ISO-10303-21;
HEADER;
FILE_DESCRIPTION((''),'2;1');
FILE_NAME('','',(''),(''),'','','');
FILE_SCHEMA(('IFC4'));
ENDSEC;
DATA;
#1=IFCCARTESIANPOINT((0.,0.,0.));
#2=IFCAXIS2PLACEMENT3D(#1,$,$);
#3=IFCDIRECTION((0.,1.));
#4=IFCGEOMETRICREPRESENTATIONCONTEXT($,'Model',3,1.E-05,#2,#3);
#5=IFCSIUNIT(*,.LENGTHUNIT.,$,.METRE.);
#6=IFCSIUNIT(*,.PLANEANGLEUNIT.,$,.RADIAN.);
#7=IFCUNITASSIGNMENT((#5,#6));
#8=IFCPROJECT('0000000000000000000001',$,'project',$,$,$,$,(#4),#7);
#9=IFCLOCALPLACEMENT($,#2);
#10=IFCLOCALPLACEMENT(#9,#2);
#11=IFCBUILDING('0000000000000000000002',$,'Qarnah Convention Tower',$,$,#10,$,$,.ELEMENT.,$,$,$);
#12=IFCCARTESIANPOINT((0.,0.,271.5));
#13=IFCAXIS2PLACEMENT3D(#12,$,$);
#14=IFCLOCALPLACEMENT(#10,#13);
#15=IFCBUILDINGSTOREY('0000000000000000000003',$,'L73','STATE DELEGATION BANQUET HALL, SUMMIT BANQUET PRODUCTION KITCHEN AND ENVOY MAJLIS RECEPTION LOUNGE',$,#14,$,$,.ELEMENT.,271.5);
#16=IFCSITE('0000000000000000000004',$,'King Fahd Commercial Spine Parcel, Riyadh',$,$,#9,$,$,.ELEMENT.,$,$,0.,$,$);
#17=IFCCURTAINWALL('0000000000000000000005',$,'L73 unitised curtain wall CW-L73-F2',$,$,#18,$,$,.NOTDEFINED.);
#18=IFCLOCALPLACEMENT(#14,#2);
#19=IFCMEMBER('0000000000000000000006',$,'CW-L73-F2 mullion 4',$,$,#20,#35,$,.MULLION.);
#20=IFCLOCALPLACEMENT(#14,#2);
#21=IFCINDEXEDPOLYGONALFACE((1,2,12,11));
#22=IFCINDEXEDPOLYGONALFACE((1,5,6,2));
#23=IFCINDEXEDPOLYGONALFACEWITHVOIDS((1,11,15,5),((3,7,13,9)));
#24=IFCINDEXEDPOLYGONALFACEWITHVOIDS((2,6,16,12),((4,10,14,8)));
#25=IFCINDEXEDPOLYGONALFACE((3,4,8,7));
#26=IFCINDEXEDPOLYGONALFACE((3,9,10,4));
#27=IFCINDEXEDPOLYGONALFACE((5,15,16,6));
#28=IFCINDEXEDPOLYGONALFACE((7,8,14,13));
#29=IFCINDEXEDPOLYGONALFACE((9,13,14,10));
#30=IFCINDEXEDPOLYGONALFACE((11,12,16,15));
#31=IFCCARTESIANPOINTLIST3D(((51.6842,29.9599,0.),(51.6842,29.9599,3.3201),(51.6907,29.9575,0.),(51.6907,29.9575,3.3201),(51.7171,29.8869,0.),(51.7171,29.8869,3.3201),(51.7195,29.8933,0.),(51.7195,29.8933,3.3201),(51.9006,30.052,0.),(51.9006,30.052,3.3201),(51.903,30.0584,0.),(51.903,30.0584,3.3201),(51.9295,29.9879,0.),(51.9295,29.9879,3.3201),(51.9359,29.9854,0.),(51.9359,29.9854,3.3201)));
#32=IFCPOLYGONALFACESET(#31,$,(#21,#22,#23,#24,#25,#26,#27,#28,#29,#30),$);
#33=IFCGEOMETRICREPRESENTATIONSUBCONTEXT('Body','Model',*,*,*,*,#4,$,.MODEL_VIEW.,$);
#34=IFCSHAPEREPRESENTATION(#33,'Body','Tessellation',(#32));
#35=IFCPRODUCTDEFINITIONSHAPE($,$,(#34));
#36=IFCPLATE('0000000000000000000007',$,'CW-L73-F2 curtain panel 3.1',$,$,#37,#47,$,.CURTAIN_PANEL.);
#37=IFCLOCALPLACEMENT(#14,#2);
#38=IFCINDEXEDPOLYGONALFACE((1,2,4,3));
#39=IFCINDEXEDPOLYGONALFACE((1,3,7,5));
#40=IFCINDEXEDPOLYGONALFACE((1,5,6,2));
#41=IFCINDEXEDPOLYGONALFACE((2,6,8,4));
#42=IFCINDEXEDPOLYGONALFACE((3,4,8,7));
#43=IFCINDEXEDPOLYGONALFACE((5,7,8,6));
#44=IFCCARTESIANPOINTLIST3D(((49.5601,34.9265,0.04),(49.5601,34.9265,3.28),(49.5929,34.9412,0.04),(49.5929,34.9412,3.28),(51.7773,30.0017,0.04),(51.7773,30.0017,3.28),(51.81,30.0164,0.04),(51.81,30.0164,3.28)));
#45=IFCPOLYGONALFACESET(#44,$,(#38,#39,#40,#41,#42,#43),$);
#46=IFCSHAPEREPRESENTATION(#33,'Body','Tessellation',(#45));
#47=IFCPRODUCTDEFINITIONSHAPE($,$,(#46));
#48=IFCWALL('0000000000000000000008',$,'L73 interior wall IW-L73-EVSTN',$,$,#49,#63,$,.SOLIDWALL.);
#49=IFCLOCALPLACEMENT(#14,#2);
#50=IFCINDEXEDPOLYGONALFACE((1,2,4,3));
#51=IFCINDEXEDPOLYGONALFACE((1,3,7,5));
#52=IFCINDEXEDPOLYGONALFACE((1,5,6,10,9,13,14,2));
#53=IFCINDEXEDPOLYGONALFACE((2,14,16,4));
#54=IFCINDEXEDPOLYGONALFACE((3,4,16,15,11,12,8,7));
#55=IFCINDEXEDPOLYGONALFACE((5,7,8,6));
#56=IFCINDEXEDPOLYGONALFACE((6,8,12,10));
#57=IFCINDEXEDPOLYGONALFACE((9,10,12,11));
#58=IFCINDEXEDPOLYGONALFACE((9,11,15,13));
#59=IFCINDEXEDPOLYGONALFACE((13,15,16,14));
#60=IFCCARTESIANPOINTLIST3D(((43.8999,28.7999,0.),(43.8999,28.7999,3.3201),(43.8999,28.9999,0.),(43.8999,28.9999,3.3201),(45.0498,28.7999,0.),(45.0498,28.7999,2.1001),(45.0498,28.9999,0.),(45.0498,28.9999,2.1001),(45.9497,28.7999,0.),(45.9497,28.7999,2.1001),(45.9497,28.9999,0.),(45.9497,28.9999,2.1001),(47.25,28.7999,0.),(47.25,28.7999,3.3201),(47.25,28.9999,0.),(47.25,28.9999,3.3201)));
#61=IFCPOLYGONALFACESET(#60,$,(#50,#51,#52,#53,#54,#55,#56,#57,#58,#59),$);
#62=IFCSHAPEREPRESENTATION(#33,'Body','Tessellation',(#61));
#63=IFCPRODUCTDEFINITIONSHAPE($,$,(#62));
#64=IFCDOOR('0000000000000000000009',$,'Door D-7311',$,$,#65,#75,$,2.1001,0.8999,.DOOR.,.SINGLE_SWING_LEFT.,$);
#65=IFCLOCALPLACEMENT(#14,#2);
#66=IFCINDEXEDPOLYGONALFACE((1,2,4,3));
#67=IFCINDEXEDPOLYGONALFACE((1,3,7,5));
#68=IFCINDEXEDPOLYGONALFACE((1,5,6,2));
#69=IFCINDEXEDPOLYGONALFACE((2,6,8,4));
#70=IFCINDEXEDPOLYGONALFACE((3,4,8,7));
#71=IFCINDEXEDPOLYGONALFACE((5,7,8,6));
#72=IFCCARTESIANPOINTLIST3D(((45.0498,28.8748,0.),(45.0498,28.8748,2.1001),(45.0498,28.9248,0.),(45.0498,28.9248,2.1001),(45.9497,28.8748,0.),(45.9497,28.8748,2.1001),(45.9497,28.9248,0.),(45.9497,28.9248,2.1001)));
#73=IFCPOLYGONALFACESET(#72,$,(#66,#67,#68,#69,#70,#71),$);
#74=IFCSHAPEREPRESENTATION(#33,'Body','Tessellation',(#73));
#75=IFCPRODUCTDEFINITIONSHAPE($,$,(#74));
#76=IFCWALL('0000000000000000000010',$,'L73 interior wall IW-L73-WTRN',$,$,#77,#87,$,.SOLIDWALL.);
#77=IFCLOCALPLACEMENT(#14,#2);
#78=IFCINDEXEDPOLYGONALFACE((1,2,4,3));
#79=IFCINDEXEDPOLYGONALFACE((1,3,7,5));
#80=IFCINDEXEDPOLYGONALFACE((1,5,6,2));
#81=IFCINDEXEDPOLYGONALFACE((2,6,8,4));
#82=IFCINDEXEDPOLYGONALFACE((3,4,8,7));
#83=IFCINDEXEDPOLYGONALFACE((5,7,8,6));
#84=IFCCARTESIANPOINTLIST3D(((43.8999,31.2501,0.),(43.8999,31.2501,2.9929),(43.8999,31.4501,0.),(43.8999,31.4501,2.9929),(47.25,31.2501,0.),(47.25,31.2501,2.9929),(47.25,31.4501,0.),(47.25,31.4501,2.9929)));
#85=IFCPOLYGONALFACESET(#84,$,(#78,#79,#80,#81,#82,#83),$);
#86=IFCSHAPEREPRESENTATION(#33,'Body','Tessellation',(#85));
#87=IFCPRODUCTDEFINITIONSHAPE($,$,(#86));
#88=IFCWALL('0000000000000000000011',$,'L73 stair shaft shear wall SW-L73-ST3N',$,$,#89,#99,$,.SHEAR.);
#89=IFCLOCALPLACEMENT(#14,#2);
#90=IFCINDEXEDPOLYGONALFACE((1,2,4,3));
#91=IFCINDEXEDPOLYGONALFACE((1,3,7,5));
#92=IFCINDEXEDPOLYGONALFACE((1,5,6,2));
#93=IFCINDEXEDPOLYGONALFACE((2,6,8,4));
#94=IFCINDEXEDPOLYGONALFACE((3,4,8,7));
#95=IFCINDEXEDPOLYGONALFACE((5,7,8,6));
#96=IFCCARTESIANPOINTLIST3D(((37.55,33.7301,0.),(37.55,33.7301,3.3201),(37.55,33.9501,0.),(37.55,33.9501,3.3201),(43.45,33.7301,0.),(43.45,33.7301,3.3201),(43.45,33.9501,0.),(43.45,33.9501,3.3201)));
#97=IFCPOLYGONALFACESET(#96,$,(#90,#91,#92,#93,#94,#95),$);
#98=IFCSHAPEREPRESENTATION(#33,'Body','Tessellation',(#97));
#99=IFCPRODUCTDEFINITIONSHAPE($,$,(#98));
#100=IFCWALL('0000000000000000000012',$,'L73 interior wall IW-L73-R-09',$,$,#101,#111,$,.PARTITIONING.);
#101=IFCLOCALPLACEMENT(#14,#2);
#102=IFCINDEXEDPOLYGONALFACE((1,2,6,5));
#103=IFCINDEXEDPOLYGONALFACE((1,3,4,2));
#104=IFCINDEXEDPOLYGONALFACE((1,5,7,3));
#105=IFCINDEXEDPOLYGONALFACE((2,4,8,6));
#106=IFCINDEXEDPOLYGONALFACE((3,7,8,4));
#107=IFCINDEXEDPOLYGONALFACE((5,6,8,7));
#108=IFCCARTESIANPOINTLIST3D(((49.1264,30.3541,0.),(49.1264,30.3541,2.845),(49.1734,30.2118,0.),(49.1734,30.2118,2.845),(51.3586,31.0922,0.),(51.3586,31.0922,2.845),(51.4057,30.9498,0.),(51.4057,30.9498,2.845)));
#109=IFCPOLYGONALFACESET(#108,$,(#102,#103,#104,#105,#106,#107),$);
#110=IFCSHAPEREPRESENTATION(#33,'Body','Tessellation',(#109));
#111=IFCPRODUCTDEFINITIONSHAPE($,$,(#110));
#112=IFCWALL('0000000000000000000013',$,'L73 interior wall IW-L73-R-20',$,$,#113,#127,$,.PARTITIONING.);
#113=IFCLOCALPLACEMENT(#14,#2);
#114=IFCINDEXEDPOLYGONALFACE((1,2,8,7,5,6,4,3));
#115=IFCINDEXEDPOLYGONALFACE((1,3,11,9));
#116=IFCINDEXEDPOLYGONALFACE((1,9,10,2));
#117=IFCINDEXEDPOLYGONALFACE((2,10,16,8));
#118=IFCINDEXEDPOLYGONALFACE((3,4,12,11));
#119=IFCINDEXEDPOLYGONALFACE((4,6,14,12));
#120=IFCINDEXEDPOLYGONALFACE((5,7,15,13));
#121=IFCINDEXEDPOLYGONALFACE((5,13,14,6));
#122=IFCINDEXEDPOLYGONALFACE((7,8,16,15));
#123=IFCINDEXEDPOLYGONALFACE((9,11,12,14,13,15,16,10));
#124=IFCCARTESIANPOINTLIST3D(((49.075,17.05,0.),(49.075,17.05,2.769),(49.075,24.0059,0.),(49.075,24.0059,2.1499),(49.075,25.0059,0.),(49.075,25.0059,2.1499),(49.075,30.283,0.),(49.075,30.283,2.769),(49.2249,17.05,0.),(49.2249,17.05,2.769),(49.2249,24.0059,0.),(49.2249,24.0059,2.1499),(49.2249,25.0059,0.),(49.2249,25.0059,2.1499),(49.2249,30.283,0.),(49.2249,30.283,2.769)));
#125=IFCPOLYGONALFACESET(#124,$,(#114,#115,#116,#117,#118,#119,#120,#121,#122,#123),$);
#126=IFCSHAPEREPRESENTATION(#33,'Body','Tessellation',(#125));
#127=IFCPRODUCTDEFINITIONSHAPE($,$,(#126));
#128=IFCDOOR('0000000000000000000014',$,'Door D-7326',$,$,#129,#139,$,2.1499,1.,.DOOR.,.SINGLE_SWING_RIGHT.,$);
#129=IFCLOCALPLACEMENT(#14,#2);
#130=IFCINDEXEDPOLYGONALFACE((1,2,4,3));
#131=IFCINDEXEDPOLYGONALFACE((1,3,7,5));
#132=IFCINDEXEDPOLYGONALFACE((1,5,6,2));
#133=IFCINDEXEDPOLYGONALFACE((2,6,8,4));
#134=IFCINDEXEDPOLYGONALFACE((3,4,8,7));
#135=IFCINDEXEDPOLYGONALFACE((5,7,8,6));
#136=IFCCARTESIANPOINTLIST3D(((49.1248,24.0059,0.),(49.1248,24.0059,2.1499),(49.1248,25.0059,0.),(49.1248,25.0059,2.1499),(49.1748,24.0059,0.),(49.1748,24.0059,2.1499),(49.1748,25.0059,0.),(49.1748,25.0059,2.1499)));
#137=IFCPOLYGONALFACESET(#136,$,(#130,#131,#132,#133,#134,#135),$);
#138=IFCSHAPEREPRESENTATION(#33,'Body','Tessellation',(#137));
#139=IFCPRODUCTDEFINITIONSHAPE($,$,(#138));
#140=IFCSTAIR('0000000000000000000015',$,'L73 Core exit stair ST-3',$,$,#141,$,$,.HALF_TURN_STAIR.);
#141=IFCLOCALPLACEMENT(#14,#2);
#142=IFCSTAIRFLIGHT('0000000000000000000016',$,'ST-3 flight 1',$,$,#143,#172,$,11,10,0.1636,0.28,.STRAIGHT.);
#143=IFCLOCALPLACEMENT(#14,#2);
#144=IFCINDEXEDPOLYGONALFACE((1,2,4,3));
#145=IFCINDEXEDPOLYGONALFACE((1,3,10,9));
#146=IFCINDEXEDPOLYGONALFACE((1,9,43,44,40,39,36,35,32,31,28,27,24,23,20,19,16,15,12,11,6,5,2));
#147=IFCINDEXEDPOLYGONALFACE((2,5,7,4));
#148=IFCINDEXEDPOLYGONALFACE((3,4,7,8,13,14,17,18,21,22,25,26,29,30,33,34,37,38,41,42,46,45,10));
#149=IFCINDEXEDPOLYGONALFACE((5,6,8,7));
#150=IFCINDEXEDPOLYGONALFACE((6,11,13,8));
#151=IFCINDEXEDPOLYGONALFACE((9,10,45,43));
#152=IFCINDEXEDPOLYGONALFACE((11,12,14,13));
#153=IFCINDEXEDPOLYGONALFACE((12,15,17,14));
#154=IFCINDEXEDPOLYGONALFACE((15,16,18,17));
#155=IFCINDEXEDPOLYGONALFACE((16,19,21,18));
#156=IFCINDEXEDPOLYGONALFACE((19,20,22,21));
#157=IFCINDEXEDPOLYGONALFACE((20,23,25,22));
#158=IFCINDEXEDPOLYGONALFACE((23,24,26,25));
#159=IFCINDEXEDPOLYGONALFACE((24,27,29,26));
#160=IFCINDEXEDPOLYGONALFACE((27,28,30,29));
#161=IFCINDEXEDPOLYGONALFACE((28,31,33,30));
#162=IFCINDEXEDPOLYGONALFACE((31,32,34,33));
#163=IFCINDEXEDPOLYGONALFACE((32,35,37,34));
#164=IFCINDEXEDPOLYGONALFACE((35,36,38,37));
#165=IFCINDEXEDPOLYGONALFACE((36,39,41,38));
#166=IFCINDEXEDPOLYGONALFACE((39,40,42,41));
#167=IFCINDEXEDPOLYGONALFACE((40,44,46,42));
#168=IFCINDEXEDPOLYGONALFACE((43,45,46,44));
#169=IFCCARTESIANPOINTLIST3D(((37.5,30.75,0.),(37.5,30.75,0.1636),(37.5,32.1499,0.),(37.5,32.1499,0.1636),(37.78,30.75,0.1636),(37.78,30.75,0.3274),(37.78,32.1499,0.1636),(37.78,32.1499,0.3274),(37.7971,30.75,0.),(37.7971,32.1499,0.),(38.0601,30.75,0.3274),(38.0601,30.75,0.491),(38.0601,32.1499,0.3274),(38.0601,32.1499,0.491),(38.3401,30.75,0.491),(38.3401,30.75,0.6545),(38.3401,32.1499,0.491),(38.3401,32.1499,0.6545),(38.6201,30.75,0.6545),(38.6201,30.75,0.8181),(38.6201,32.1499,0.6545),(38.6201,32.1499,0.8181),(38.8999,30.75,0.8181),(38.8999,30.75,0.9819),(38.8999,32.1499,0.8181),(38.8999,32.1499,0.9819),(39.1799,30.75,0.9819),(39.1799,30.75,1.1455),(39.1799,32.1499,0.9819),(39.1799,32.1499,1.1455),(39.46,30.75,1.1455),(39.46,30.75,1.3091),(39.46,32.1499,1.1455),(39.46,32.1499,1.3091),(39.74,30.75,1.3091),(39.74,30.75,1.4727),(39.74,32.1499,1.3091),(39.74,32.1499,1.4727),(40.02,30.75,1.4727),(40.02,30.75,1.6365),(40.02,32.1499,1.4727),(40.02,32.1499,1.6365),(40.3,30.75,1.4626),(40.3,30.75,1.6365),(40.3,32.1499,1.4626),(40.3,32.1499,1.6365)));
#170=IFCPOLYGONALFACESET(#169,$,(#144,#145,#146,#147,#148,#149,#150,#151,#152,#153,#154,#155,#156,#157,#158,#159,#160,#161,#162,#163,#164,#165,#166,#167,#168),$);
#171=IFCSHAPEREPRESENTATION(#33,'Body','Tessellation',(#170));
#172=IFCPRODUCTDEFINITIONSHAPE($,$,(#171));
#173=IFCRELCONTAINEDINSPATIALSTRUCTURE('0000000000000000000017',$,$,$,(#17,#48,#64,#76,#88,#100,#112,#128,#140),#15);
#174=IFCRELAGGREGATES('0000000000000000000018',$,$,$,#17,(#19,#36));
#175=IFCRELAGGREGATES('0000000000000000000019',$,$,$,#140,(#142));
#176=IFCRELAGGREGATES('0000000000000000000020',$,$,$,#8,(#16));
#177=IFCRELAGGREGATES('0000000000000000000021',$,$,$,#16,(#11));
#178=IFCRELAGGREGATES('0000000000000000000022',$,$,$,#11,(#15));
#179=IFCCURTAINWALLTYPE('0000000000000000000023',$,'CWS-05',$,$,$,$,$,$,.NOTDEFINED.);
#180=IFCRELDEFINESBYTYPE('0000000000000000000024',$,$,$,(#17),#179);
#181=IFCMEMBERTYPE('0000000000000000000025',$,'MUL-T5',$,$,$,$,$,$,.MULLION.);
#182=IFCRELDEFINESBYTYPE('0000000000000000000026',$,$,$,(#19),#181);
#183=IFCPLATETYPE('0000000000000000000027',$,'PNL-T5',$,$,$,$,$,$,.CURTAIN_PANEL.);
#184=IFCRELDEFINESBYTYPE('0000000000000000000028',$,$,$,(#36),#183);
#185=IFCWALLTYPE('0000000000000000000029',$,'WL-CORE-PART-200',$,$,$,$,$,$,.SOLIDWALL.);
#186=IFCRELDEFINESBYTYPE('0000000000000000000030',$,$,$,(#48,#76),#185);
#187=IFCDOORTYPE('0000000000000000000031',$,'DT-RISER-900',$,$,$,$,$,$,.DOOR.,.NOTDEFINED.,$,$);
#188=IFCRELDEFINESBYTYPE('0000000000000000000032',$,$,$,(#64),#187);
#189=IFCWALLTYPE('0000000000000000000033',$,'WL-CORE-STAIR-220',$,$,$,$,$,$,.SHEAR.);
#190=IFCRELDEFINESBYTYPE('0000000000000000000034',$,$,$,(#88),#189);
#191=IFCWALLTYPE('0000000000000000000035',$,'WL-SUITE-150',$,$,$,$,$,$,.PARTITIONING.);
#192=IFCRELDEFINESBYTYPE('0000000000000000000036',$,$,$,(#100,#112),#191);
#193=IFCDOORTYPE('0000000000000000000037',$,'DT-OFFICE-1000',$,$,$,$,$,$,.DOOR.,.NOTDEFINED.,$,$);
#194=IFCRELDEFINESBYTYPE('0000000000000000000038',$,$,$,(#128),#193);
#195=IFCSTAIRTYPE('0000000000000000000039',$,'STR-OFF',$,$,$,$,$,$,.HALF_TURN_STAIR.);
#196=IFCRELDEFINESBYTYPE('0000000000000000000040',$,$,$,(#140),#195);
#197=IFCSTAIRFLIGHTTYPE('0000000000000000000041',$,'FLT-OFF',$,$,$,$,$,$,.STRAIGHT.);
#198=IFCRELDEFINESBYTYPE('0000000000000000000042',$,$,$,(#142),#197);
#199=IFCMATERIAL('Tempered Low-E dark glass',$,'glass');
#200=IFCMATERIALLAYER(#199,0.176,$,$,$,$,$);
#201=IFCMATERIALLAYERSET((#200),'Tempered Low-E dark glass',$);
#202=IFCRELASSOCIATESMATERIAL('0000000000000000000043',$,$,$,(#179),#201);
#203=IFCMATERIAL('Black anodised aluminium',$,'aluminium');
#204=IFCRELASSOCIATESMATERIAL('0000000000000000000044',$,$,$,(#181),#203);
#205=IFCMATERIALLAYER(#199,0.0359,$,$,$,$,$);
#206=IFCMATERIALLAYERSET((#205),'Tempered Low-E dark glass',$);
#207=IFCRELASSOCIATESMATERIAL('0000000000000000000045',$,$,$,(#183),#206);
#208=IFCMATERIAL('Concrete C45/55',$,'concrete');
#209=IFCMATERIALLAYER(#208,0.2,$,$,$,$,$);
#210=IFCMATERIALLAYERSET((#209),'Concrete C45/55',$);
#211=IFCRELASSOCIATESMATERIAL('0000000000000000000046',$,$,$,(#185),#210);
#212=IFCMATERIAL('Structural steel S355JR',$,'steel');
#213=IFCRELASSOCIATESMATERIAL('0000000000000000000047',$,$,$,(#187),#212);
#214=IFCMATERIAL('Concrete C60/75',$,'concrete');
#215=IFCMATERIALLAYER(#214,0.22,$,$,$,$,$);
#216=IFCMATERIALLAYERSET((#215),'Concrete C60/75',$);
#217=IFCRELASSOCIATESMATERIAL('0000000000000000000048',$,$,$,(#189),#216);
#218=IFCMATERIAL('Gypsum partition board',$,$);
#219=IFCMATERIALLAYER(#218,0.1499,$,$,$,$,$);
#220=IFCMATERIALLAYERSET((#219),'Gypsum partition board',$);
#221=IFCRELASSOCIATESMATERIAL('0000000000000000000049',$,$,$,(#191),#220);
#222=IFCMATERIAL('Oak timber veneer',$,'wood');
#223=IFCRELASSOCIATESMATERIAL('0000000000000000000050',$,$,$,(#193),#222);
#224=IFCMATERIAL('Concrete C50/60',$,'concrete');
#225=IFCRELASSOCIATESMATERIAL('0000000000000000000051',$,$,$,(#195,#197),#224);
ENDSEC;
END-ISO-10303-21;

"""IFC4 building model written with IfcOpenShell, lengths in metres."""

from ifc_helpers import new_model, si_unit, direction, frame, frame_2d, origin, origin_2d, place, context, subcontext, project, spatial, polyline, rectangle, hollow_rectangle, outline, extrude, material, layer, layer_set, material_profile, profile_set, type_object, element, fill, aggregate, save


model = new_model("IFC4")

# Units and contexts
model_context = context("Model", 3, precision=1e-05, world=origin(), true_north=direction((0.0, 1.0)))
body_context = subcontext(model_context, "Body", "Model", "MODEL_VIEW")
ifc_project = project(units=[si_unit("LENGTHUNIT", "METRE"), si_unit("PLANEANGLEUNIT", "RADIAN")], contexts=[model_context])

# Site, building, storey
site_placement = place(None, origin())
site = spatial("IfcSite", under=ifc_project, at=site_placement, Name="King Fahd Commercial Spine Parcel, Riyadh", CompositionType="ELEMENT", RefElevation=0.0)
building_placement = place(site_placement, origin())
building = spatial("IfcBuilding", under=site, at=building_placement, Name="Qarnah Convention Tower", CompositionType="ELEMENT")
storey_placement = place(building_placement, frame((0.0, 0.0, 271.5)))
storey = spatial("IfcBuildingStorey", under=building, at=storey_placement, Name="L73", Description="STATE DELEGATION BANQUET HALL, SUMMIT BANQUET PRODUCTION KITCHEN AND ENVOY MAJLIS RECEPTION LOUNGE", CompositionType="ELEMENT", Elevation=271.5)

# Shared definitions
ifc_material_1 = material(Name="Concrete C50/60", Category="concrete")

# Shared definitions
ifc_material_2 = material(Name="Structural steel S355JR", Category="steel")

# Curtain wall, member, plate
ifc_material_3 = material(Name="Tempered Low-E dark glass", Category="glass")
ifc_layer_1 = layer(ifc_material_3, 0.176)
ifc_layer_set_1 = layer_set([ifc_layer_1], Name="Tempered Low-E dark glass")
curtain_wall_type = type_object("IfcCurtainWallType", Name="CWS-05", PredefinedType="NOTDEFINED", material=ifc_layer_set_1)
curtain_wall_placement = place(storey_placement, origin())
curtain_wall = element("IfcCurtainWall", 1, at=curtain_wall_placement, inside=storey, type_object=curtain_wall_type, Name="L73 unitised curtain wall CW-L73-F2", PredefinedType="NOTDEFINED")
ifc_material_4 = material(Name="Black anodised aluminium", Category="aluminium")
ifc_material_profile_1 = material_profile(ifc_material_4, hollow_rectangle(XDim=0.0801, YDim=0.24, WallThickness=0.0049, at=origin_2d()), Name="MUL-80X240")
ifc_profile_set_1 = profile_set([ifc_material_profile_1], Name="Black anodised aluminium")
member_type = type_object("IfcMemberType", Name="MUL-T5", PredefinedType="MULLION", material=ifc_profile_set_1)
member_placement = place(storey_placement, frame((51.8101, 29.9727, 0.0), z_axis=(0.0, 0.0, 1.0), x_axis=(0.410515, -0.911854, 0.0)))
member = element("IfcMember", 2, at=member_placement, type_object=member_type, Name="CW-L73-F2 mullion 4", PredefinedType="MULLION", context=body_context, shape_type="SweptSolid", body=[
    extrude(hollow_rectangle(XDim=0.0801, YDim=0.24, WallThickness=0.0049, at=origin_2d()), origin(), (0.0, 0.0, 1.0), 3.3201),
])
ifc_layer_2 = layer(ifc_material_3, 0.0359)
ifc_layer_set_2 = layer_set([ifc_layer_2], Name="Tempered Low-E dark glass")
plate_type = type_object("IfcPlateType", Name="PNL-T5", PredefinedType="CURTAIN_PANEL", material=ifc_layer_set_2)
plate_placement = place(storey_placement, frame((50.6851, 32.4714, 0.04), z_axis=(0.0, 0.0, 1.0), x_axis=(0.410515, -0.911854, 0.0)))
plate = element("IfcPlate", 3, at=plate_placement, type_object=plate_type, Name="CW-L73-F2 curtain panel 3.1", PredefinedType="CURTAIN_PANEL", context=body_context, shape_type="SweptSolid", body=[
    extrude(rectangle(XDim=5.4009, YDim=0.0359, at=origin_2d()), origin(), (0.0, 0.0, 1.0), 3.24),
])
aggregate(curtain_wall, [member, plate])

# Wall, opening, door
ifc_material_5 = material(Name="Concrete C45/55", Category="concrete")
ifc_layer_3 = layer(ifc_material_5, 0.2)
ifc_layer_set_3 = layer_set([ifc_layer_3], Name="Concrete C45/55")
wall_type_1 = type_object("IfcWallType", Name="WL-CORE-PART-200", PredefinedType="SOLIDWALL", material=ifc_layer_set_3)
wall_1_placement = place(storey_placement, frame((43.8999, 28.8999, 0.0), z_axis=(0.0, 0.0, 1.0), x_axis=(1.0, 0.0, 0.0)))
wall_1 = element("IfcWall", 4, at=wall_1_placement, inside=storey, type_object=wall_type_1, Name="L73 interior wall IW-L73-EVSTN", PredefinedType="SOLIDWALL", context=body_context, shape_type="SweptSolid", body=[
    extrude(rectangle(XDim=3.3501, YDim=0.2, at=frame_2d((1.675, 0.0))), origin(), (0.0, 0.0, 1.0), 3.3201),
])
opening_1_placement = place(wall_1_placement, frame((1.1499, 0.0, 0.0)))
opening_1 = element("IfcOpeningElement", 5, at=opening_1_placement, cuts=wall_1, PredefinedType="OPENING", context=body_context, shape_type="SweptSolid", body=[
    extrude(rectangle(XDim=0.8999, YDim=2.1001, at=frame_2d((0.45, 1.05))), frame((0.0, 0.1099, 0.0), z_axis=(0.0, -1.0, 0.0), x_axis=(1.0, 0.0, 0.0)), (0.0, 0.0, 1.0), 0.22),
])
door_type_1 = type_object("IfcDoorType", Name="DT-RISER-900", OperationType="NOTDEFINED", PredefinedType="DOOR", material=ifc_material_2)
door_1_placement = place(opening_1_placement, origin())
door_1 = element("IfcDoor", 6, at=door_1_placement, inside=storey, type_object=door_type_1, Name="Door D-7311", OperationType="SINGLE_SWING_LEFT", OverallHeight=2.1001, OverallWidth=0.8999, PredefinedType="DOOR", context=body_context, shape_type="SweptSolid", body=[
    extrude(rectangle(XDim=0.8999, YDim=2.1001, at=frame_2d((0.45, 1.05))), frame((0.0, 0.0249, 0.0), z_axis=(0.0, -1.0, 0.0), x_axis=(1.0, 0.0, 0.0)), (0.0, 0.0, 1.0), 0.05),
])
fill(opening_1, door_1)

# Walls
wall_2_placement = place(storey_placement, frame((43.8999, 31.3501, 0.0), z_axis=(0.0, 0.0, 1.0), x_axis=(1.0, 0.0, 0.0)))
element("IfcWall", 7, at=wall_2_placement, inside=storey, type_object=wall_type_1, Name="L73 interior wall IW-L73-WTRN", PredefinedType="SOLIDWALL", context=body_context, shape_type="SweptSolid", body=[
    extrude(rectangle(XDim=3.3501, YDim=0.2, at=frame_2d((1.675, 0.0))), origin(), (0.0, 0.0, 1.0), 2.9929),
])
ifc_material_6 = material(Name="Concrete C60/75", Category="concrete")
ifc_layer_4 = layer(ifc_material_6, 0.22)
ifc_layer_set_4 = layer_set([ifc_layer_4], Name="Concrete C60/75")
wall_type_2 = type_object("IfcWallType", Name="WL-CORE-STAIR-220", PredefinedType="SHEAR", material=ifc_layer_set_4)
wall_3_placement = place(storey_placement, frame((37.55, 33.8401, 0.0), z_axis=(0.0, 0.0, 1.0), x_axis=(1.0, 0.0, 0.0)))
element("IfcWall", 8, at=wall_3_placement, inside=storey, type_object=wall_type_2, Name="L73 stair shaft shear wall SW-L73-ST3N", PredefinedType="SHEAR", context=body_context, shape_type="SweptSolid", body=[
    extrude(rectangle(XDim=5.8999, YDim=0.22, at=frame_2d((2.95, 0.0))), origin(), (0.0, 0.0, 1.0), 3.3201),
])
ifc_material_7 = material(Name="Gypsum partition board")
ifc_layer_5 = layer(ifc_material_7, 0.1499)
ifc_layer_set_5 = layer_set([ifc_layer_5], Name="Gypsum partition board")
wall_type_3 = type_object("IfcWallType", Name="WL-SUITE-150", PredefinedType="PARTITIONING", material=ifc_layer_set_5)
wall_4_placement = place(storey_placement, frame((49.1499, 30.283, 0.0), z_axis=(0.0, 0.0, 1.0), x_axis=(0.949449, 0.313921, 0.0)))
element("IfcWall", 9, at=wall_4_placement, inside=storey, type_object=wall_type_3, Name="L73 interior wall IW-L73-R-09", PredefinedType="PARTITIONING", context=body_context, shape_type="SweptSolid", body=[
    extrude(rectangle(XDim=2.3511, YDim=0.1499, at=frame_2d((1.1755, 0.0))), origin(), (0.0, 0.0, 1.0), 2.845),
])

# Wall, opening, door
wall_5_placement = place(storey_placement, frame((49.1499, 30.283, 0.0), z_axis=(0.0, 0.0, 1.0), x_axis=(0.0, -1.0, 0.0)))
wall_5 = element("IfcWall", 10, at=wall_5_placement, inside=storey, type_object=wall_type_3, Name="L73 interior wall IW-L73-R-20", PredefinedType="PARTITIONING", context=body_context, shape_type="SweptSolid", body=[
    extrude(rectangle(XDim=13.2329, YDim=0.1499, at=frame_2d((6.6165, 0.0))), origin(), (0.0, 0.0, 1.0), 2.769),
])
opening_2_placement = place(wall_5_placement, frame((5.2771, 0.0, 0.0)))
opening_2 = element("IfcOpeningElement", 11, at=opening_2_placement, cuts=wall_5, PredefinedType="OPENING", context=body_context, shape_type="SweptSolid", body=[
    extrude(rectangle(XDim=1.0, YDim=2.1499, at=frame_2d((0.5, 1.075))), frame((0.0, 0.085, 0.0), z_axis=(0.0, -1.0, 0.0), x_axis=(1.0, 0.0, 0.0)), (0.0, 0.0, 1.0), 0.1699),
])
ifc_material_8 = material(Name="Oak timber veneer", Category="wood")
door_type_2 = type_object("IfcDoorType", Name="DT-OFFICE-1000", OperationType="NOTDEFINED", PredefinedType="DOOR", material=ifc_material_8)
door_2_placement = place(opening_2_placement, origin())
door_2 = element("IfcDoor", 12, at=door_2_placement, inside=storey, type_object=door_type_2, Name="Door D-7326", OperationType="SINGLE_SWING_RIGHT", OverallHeight=2.1499, OverallWidth=1.0, PredefinedType="DOOR", context=body_context, shape_type="SweptSolid", body=[
    extrude(rectangle(XDim=1.0, YDim=2.1499, at=frame_2d((0.5, 1.075))), frame((0.0, 0.0249, 0.0), z_axis=(0.0, -1.0, 0.0), x_axis=(1.0, 0.0, 0.0)), (0.0, 0.0, 1.0), 0.05),
])
fill(opening_2, door_2)

# Stair, stair flight
stair_type = type_object("IfcStairType", Name="STR-OFF", PredefinedType="HALF_TURN_STAIR", material=ifc_material_1)
stair_placement = place(storey_placement, origin())
stair = element("IfcStair", 13, at=stair_placement, inside=storey, type_object=stair_type, Name="L73 Core exit stair ST-3", PredefinedType="HALF_TURN_STAIR")
stair_flight_type = type_object("IfcStairFlightType", Name="FLT-OFF", PredefinedType="STRAIGHT", material=ifc_material_1)
stair_flight_1_placement = place(storey_placement, frame((37.5, 31.45, 0.0), z_axis=(0.0, 0.0, 1.0), x_axis=(1.0, 0.0, 0.0)))
stair_flight_1 = element("IfcStairFlight", 14, at=stair_flight_1_placement, type_object=stair_flight_type, Name="ST-3 flight 1", NumberOfRisers=11, NumberOfTreads=10, PredefinedType="STRAIGHT", RiserHeight=0.1636, TreadLength=0.28, context=body_context, shape_type="SweptSolid", body=[
    extrude(outline(polyline([(0.0, 0.0), (0.0, 0.1636), (0.28, 0.1636), (0.28, 0.3274), (0.5601, 0.3274), (0.5601, 0.491), (0.8401, 0.491), (0.8401, 0.6545), (1.1201, 0.6545), (1.1201, 0.8181), (1.3999, 0.8181), (1.3999, 0.9819), (1.6799, 0.9819), (1.6799, 1.1455), (1.96, 1.1455), (1.96, 1.3091), (2.24, 1.3091), (2.24, 1.4727), (2.52, 1.4727), (2.52, 1.6365), (2.8, 1.6365), (2.8, 1.8), (2.8, 1.4626), (0.2971, 0.0), (0.0, 0.0)])), frame((0.0, 0.7, 0.0), z_axis=(0.0, -1.0, 0.0), x_axis=(1.0, 0.0, 0.0)), (0.0, 0.0, 1.0), 1.3999),
])
aggregate(stair, [stair_flight_1])

save(model, "model.ifc")
